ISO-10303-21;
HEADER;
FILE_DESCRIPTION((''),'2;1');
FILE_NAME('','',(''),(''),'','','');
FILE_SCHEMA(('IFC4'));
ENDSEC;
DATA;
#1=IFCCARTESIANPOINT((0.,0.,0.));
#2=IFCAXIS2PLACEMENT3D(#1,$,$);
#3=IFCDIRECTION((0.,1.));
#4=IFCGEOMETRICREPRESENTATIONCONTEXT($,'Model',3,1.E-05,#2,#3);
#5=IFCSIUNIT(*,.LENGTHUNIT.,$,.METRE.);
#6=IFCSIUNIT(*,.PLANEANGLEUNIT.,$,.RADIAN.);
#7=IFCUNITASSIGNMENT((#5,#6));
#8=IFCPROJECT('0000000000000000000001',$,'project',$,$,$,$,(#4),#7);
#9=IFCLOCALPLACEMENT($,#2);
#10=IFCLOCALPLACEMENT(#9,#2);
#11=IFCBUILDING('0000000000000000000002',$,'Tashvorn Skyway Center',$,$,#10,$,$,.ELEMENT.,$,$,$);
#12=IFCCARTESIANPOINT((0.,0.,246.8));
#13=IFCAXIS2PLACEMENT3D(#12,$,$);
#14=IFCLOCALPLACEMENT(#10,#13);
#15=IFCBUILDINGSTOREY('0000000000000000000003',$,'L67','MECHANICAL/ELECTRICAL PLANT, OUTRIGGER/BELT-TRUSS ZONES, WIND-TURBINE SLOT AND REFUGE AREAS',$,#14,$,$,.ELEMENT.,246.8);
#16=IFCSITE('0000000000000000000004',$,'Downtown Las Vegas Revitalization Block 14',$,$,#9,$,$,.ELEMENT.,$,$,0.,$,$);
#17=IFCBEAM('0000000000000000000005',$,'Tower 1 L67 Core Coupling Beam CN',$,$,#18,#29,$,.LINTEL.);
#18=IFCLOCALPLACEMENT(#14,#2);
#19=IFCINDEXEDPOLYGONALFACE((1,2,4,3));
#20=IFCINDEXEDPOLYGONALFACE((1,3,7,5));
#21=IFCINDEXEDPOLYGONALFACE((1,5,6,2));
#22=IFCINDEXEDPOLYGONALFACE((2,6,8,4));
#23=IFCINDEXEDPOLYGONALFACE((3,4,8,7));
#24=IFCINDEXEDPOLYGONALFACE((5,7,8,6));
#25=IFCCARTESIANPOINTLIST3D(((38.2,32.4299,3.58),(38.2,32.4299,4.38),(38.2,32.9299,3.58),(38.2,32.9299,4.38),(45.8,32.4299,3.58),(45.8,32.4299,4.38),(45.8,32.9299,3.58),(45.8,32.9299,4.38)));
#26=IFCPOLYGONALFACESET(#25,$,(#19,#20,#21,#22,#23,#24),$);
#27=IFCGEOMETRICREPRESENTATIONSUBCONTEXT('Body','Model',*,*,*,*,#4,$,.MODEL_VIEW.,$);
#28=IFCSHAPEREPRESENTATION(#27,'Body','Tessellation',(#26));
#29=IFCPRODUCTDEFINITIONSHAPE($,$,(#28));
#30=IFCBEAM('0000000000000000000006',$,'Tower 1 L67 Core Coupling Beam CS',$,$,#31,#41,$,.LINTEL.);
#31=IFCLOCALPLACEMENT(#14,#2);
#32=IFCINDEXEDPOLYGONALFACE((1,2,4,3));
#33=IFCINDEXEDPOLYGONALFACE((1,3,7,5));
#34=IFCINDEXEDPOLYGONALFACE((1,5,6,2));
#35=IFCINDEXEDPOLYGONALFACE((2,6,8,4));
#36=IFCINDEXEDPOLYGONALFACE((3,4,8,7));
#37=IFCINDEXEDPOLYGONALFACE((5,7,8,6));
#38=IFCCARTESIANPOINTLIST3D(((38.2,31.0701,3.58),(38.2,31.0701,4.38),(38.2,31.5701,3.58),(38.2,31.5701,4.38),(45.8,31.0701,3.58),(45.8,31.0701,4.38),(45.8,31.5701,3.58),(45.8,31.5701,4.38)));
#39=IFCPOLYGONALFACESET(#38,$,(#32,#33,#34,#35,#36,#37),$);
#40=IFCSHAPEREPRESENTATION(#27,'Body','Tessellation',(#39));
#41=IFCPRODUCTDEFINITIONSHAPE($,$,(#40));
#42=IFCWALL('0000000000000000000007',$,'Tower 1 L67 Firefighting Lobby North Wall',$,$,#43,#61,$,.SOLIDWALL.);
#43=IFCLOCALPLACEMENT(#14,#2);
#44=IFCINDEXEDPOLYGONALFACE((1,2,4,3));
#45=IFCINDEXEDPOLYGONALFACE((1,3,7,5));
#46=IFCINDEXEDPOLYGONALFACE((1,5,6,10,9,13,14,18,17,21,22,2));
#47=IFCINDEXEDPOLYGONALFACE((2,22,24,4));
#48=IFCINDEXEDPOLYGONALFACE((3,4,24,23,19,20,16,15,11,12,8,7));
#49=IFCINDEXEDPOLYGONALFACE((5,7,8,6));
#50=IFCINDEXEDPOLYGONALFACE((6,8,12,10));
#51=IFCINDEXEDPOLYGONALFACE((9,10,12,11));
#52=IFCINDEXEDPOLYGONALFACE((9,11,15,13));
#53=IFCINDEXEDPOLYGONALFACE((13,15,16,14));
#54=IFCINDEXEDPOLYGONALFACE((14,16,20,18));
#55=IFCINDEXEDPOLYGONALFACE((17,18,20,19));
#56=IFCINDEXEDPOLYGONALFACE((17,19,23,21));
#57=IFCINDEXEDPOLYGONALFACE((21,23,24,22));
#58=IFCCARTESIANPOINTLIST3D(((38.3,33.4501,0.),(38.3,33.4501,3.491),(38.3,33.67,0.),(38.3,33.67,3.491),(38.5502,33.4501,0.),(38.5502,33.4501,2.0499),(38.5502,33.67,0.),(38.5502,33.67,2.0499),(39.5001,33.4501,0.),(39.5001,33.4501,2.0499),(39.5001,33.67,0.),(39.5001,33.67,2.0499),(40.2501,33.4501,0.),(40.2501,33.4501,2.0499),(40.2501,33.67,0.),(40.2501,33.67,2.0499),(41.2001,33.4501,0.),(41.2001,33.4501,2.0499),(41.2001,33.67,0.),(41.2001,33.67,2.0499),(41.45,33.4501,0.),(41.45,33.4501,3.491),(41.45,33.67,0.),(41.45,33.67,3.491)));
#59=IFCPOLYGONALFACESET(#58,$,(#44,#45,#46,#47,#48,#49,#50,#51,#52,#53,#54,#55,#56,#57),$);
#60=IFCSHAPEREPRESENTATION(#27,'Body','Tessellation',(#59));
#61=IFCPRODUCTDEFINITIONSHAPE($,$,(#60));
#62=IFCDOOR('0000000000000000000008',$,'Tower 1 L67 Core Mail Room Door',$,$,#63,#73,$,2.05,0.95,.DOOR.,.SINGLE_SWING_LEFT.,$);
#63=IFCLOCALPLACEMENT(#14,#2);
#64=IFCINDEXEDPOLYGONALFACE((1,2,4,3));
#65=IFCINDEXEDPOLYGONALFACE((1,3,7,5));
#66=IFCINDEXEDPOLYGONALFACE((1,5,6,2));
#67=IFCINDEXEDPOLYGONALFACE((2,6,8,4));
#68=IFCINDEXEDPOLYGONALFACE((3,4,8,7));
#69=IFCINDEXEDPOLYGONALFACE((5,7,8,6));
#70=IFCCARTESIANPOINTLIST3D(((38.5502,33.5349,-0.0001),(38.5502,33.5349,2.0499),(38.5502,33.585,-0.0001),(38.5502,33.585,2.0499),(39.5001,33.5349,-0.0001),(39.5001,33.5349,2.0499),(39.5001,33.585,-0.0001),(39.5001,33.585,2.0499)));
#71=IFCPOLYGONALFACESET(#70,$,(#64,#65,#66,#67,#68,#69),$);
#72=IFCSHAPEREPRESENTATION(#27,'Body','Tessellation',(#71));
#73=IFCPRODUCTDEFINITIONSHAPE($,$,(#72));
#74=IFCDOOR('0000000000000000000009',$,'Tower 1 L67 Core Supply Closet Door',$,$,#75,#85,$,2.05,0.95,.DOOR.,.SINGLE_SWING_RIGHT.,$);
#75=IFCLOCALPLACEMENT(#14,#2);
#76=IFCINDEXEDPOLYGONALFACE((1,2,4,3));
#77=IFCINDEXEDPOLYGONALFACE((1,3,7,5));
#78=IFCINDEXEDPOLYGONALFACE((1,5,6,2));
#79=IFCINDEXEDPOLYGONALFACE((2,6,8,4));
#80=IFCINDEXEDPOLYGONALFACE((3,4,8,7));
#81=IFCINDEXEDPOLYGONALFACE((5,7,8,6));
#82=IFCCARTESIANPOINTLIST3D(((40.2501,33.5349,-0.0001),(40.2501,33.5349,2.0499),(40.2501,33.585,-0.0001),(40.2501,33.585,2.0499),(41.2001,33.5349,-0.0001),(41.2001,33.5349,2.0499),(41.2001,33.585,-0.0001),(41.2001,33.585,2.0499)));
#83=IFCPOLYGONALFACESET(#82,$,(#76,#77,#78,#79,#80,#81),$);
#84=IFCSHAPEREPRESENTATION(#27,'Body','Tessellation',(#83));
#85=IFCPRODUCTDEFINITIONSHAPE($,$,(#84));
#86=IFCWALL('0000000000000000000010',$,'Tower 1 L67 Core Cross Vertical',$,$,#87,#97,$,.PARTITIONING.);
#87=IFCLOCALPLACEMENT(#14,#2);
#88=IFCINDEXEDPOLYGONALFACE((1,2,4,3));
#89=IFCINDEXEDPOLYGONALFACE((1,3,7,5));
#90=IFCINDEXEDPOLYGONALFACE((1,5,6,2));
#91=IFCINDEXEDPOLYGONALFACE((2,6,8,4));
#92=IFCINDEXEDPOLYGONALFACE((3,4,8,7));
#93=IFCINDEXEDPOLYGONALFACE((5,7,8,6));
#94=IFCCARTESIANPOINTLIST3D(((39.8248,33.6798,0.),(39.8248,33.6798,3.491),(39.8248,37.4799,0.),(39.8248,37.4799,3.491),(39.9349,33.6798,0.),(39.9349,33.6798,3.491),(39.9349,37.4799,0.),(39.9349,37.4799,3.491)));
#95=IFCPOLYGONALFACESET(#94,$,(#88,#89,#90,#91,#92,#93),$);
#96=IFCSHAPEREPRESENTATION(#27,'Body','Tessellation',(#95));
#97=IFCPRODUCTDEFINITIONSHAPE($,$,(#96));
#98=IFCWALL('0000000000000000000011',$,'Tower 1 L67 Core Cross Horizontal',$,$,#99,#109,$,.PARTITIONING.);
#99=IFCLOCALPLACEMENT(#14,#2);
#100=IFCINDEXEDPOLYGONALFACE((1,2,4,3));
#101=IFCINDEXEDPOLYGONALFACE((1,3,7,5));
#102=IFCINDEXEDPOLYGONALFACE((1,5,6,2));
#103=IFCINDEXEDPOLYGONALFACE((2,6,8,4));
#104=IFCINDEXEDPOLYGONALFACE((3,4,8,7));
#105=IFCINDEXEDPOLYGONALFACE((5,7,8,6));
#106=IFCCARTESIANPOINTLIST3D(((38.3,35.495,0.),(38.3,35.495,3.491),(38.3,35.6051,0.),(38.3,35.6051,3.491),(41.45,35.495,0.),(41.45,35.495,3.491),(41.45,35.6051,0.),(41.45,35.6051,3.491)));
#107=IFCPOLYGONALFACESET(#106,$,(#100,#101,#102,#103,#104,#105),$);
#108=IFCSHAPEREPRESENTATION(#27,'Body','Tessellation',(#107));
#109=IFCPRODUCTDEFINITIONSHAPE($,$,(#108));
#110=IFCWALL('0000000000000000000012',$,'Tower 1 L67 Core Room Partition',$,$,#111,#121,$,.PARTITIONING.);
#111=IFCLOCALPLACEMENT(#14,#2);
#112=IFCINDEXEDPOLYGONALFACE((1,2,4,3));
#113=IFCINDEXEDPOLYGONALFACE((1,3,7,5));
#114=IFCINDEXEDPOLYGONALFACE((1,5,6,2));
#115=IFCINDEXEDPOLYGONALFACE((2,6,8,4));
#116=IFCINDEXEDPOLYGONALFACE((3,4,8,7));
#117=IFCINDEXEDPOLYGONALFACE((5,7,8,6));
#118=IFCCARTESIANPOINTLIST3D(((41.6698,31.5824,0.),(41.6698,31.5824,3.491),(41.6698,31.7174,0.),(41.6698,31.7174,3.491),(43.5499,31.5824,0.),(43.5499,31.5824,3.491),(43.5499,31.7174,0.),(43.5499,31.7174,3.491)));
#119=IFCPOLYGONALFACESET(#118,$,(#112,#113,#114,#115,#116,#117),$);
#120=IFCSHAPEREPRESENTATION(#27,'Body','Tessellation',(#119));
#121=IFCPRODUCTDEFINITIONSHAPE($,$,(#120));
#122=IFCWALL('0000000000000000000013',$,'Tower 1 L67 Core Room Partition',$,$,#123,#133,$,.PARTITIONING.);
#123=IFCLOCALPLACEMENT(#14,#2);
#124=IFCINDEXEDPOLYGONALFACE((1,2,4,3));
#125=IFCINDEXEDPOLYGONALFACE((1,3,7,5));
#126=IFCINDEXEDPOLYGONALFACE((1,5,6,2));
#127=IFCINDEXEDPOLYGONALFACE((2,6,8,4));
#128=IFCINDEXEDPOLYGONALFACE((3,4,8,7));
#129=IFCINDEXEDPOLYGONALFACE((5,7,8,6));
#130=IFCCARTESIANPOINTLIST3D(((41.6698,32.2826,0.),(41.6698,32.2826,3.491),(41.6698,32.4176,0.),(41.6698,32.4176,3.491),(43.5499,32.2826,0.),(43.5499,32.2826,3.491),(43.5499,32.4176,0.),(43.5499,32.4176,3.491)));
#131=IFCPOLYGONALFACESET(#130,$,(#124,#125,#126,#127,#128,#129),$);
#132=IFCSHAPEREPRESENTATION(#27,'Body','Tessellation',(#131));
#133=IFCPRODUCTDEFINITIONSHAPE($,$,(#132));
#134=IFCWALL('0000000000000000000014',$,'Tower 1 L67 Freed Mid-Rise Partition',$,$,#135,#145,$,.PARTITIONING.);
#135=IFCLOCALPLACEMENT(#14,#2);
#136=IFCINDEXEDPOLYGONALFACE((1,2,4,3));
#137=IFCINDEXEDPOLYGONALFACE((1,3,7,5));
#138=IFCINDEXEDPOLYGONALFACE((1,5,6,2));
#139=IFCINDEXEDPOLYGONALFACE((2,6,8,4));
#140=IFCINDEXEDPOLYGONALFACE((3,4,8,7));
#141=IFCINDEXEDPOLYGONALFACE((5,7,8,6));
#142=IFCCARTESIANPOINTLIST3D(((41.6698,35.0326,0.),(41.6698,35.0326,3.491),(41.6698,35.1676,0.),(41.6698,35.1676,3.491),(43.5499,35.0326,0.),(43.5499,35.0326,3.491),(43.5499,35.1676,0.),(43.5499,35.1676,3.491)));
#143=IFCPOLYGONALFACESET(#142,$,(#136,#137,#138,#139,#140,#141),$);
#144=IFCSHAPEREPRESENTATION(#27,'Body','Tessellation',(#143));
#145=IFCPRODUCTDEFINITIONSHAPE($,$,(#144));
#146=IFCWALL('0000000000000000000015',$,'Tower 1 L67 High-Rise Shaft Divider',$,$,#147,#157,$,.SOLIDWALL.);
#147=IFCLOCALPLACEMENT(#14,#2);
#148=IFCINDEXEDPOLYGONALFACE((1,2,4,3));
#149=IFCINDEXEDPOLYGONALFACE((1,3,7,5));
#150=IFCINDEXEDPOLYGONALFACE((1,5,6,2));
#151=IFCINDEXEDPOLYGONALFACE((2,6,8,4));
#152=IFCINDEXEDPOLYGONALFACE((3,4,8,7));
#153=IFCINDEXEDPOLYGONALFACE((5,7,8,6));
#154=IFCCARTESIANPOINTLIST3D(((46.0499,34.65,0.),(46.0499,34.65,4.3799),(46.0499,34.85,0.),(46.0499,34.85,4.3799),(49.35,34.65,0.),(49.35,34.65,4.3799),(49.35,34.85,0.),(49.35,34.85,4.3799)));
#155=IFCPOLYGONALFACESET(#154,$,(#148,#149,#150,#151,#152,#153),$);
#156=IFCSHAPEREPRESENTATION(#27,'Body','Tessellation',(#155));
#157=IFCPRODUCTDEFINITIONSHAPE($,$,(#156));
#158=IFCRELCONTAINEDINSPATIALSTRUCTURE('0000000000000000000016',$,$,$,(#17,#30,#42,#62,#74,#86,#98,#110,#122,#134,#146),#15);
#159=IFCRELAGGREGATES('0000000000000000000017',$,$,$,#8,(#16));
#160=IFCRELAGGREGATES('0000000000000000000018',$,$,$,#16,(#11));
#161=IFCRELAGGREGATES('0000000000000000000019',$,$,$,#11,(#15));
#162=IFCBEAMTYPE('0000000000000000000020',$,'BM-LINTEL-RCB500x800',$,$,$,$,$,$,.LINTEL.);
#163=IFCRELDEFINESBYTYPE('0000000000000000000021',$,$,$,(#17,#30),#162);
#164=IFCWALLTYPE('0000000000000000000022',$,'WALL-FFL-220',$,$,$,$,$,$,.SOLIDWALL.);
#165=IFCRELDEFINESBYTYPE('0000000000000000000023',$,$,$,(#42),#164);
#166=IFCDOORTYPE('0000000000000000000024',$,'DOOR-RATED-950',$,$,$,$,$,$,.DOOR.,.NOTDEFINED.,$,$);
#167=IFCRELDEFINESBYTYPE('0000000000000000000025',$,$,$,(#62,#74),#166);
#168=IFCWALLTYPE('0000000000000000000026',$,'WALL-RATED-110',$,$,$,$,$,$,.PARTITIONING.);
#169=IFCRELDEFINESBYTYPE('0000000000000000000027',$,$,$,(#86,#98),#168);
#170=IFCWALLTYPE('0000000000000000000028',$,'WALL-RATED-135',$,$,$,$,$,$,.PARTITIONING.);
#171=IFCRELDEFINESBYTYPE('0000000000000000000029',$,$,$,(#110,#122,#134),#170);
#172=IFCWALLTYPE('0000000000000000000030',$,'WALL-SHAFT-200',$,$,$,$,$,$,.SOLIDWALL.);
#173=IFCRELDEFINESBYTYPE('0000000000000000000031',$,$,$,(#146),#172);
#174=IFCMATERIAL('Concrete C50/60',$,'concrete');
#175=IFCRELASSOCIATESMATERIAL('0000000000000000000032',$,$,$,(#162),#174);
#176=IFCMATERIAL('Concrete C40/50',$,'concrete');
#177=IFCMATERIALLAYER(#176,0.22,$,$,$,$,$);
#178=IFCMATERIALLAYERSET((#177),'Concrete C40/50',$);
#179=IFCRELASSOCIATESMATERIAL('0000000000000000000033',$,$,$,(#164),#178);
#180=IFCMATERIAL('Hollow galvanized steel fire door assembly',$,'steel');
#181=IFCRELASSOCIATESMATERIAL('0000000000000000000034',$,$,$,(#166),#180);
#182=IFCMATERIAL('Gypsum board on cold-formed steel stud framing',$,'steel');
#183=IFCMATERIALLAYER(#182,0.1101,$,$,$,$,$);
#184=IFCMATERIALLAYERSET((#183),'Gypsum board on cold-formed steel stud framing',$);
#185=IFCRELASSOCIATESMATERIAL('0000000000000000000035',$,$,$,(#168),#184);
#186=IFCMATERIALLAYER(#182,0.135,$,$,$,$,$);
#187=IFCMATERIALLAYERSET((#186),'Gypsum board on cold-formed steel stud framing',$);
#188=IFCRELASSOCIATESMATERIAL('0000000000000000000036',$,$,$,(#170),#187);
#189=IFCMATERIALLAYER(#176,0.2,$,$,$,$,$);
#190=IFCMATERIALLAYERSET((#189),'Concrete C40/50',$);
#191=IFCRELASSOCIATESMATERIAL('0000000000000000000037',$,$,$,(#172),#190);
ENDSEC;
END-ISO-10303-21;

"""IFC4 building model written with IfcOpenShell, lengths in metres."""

from ifc_helpers import new_model, si_unit, direction, frame, frame_2d, origin, origin_2d, place, context, subcontext, project, spatial, rectangle, extrude, material, layer, layer_set, material_profile, profile_set, type_object, element, fill, save


model = new_model("IFC4")

# Units and contexts
model_context = context("Model", 3, precision=1e-05, world=origin(), true_north=direction((0.0, 1.0)))
body_context = subcontext(model_context, "Body", "Model", "MODEL_VIEW")
ifc_project = project(units=[si_unit("LENGTHUNIT", "METRE"), si_unit("PLANEANGLEUNIT", "RADIAN")], contexts=[model_context])

# Site, building, storey
site_placement = place(None, origin())
site = spatial("IfcSite", under=ifc_project, at=site_placement, Name="Downtown Las Vegas Revitalization Block 14", CompositionType="ELEMENT", RefElevation=0.0)
building_placement = place(site_placement, origin())
building = spatial("IfcBuilding", under=site, at=building_placement, Name="Tashvorn Skyway Center", CompositionType="ELEMENT")
storey_placement = place(building_placement, frame((0.0, 0.0, 246.8)))
storey = spatial("IfcBuildingStorey", under=building, at=storey_placement, Name="L67", Description="MECHANICAL/ELECTRICAL PLANT, OUTRIGGER/BELT-TRUSS ZONES, WIND-TURBINE SLOT AND REFUGE AREAS", CompositionType="ELEMENT", Elevation=246.8)

# Beams
ifc_material_1 = material(Name="Concrete C50/60", Category="concrete")
ifc_material_profile = material_profile(ifc_material_1, rectangle(XDim=0.5, YDim=0.8, at=origin_2d()), Name="RCB500x800")
ifc_profile_set = profile_set([ifc_material_profile], Name="Concrete C50/60")
beam_type = type_object("IfcBeamType", Name="BM-LINTEL-RCB500x800", PredefinedType="LINTEL", material=ifc_profile_set)
for number, where, z_axis, x_axis, name in (
    (1, (38.2, 32.6799, 3.98), (1.0, 0.0, 0.0), (0.0, 1.0, 0.0), "Tower 1 L67 Core Coupling Beam CN"),
    (2, (38.2, 31.3201, 3.98), (1.0, 0.0, 0.0), (0.0, 1.0, 0.0), "Tower 1 L67 Core Coupling Beam CS"),
):
    element("IfcBeam", number, at=place(storey_placement, frame(where, z_axis=z_axis, x_axis=x_axis)), inside=storey, type_object=beam_type, Name=name, PredefinedType="LINTEL", context=body_context, shape_type="SweptSolid", body=[
        extrude(rectangle(XDim=0.5, YDim=0.8, at=origin_2d()), origin(), (0.0, 0.0, 1.0), 7.6001),
    ])

# Wall, openings, doors
ifc_material_2 = material(Name="Concrete C40/50", Category="concrete")
ifc_layer_1 = layer(ifc_material_2, 0.22)
ifc_layer_set_1 = layer_set([ifc_layer_1], Name="Concrete C40/50")
wall_type_1 = type_object("IfcWallType", Name="WALL-FFL-220", PredefinedType="SOLIDWALL", material=ifc_layer_set_1)
wall_1_placement = place(storey_placement, frame((38.3, 33.5601, 0.0), z_axis=(0.0, 0.0, 1.0), x_axis=(1.0, 0.0, 0.0)))
wall_1 = element("IfcWall", 3, at=wall_1_placement, inside=storey, type_object=wall_type_1, Name="Tower 1 L67 Firefighting Lobby North Wall", PredefinedType="SOLIDWALL", context=body_context, shape_type="SweptSolid", body=[
    extrude(rectangle(XDim=3.1499, YDim=0.22, at=frame_2d((1.575, 0.0))), origin(), (0.0, 0.0, 1.0), 3.491),
])
opening_1_placement = place(wall_1_placement, frame((0.25, 0.0, 0.0)))
opening_1 = element("IfcOpeningElement", 4, at=opening_1_placement, cuts=wall_1, PredefinedType="OPENING", context=body_context, shape_type="SweptSolid", body=[
    extrude(rectangle(XDim=0.95, YDim=2.05, at=frame_2d((0.4751, 1.0249))), frame((0.0, 0.1199, 0.0), z_axis=(0.0, -1.0, 0.0), x_axis=(1.0, 0.0, 0.0)), (0.0, 0.0, 1.0), 0.24),
])
opening_2_placement = place(wall_1_placement, frame((1.95, 0.0, 0.0)))
opening_2 = element("IfcOpeningElement", 5, at=opening_2_placement, cuts=wall_1, PredefinedType="OPENING", context=body_context, shape_type="SweptSolid", body=[
    extrude(rectangle(XDim=0.95, YDim=2.05, at=frame_2d((0.4751, 1.0249))), frame((0.0, 0.1199, 0.0), z_axis=(0.0, -1.0, 0.0), x_axis=(1.0, 0.0, 0.0)), (0.0, 0.0, 1.0), 0.24),
])
ifc_material_3 = material(Name="Hollow galvanized steel fire door assembly", Category="steel")
door_type_1 = type_object("IfcDoorType", Name="DOOR-RATED-950", OperationType="NOTDEFINED", PredefinedType="DOOR", material=ifc_material_3)
door_1_placement = place(opening_1_placement, origin())
door_1 = element("IfcDoor", 6, at=door_1_placement, inside=storey, type_object=door_type_1, Name="Tower 1 L67 Core Mail Room Door", OperationType="SINGLE_SWING_LEFT", OverallHeight=2.05, OverallWidth=0.95, PredefinedType="DOOR", context=body_context, shape_type="SweptSolid", body=[
    extrude(rectangle(XDim=0.95, YDim=2.05, at=frame_2d((0.4751, 1.0249))), frame((0.0, 0.0249, 0.0), z_axis=(0.0, -1.0, 0.0), x_axis=(1.0, 0.0, 0.0)), (0.0, 0.0, 1.0), 0.05),
])
fill(opening_1, door_1)
door_2_placement = place(opening_2_placement, origin())
door_2 = element("IfcDoor", 7, at=door_2_placement, inside=storey, type_object=door_type_1, Name="Tower 1 L67 Core Supply Closet Door", OperationType="SINGLE_SWING_RIGHT", OverallHeight=2.05, OverallWidth=0.95, PredefinedType="DOOR", context=body_context, shape_type="SweptSolid", body=[
    extrude(rectangle(XDim=0.95, YDim=2.05, at=frame_2d((0.4751, 1.0249))), frame((0.0, 0.0249, 0.0), z_axis=(0.0, -1.0, 0.0), x_axis=(1.0, 0.0, 0.0)), (0.0, 0.0, 1.0), 0.05),
])
fill(opening_2, door_2)

# Walls
ifc_material_4 = material(Name="Gypsum board on cold-formed steel stud framing", Category="steel")
ifc_layer_2 = layer(ifc_material_4, 0.1101)
ifc_layer_set_2 = layer_set([ifc_layer_2], Name="Gypsum board on cold-formed steel stud framing")
wall_type_2 = type_object("IfcWallType", Name="WALL-RATED-110", PredefinedType="PARTITIONING", material=ifc_layer_set_2)
wall_2_placement = place(storey_placement, frame((39.8799, 33.6799, 0.0), z_axis=(0.0, 0.0, 1.0), x_axis=(0.0, 1.0, 0.0)))
element("IfcWall", 8, at=wall_2_placement, inside=storey, type_object=wall_type_2, Name="Tower 1 L67 Core Cross Vertical", PredefinedType="PARTITIONING", context=body_context, shape_type="SweptSolid", body=[
    extrude(rectangle(XDim=3.8, YDim=0.1101, at=frame_2d((1.8999, 0.0))), origin(), (0.0, 0.0, 1.0), 3.491),
])
wall_3_placement = place(storey_placement, frame((38.3, 35.55, 0.0), z_axis=(0.0, 0.0, 1.0), x_axis=(1.0, 0.0, 0.0)))
element("IfcWall", 9, at=wall_3_placement, inside=storey, type_object=wall_type_2, Name="Tower 1 L67 Core Cross Horizontal", PredefinedType="PARTITIONING", context=body_context, shape_type="SweptSolid", body=[
    extrude(rectangle(XDim=3.1499, YDim=0.1101, at=frame_2d((1.575, 0.0))), origin(), (0.0, 0.0, 1.0), 3.491),
])
ifc_layer_3 = layer(ifc_material_4, 0.135)
ifc_layer_set_3 = layer_set([ifc_layer_3], Name="Gypsum board on cold-formed steel stud framing")
wall_type_3 = type_object("IfcWallType", Name="WALL-RATED-135", PredefinedType="PARTITIONING", material=ifc_layer_set_3)
for number, where, z_axis, x_axis, name in (
    (10, (41.6699, 31.6499, 0.0), (0.0, 0.0, 1.0), (1.0, 0.0, 0.0), "Tower 1 L67 Core Room Partition"),
    (11, (41.6699, 32.3501, 0.0), (0.0, 0.0, 1.0), (1.0, 0.0, 0.0), "Tower 1 L67 Core Room Partition"),
    (12, (41.6699, 35.1001, 0.0), (0.0, 0.0, 1.0), (1.0, 0.0, 0.0), "Tower 1 L67 Freed Mid-Rise Partition"),
):
    element("IfcWall", number, at=place(storey_placement, frame(where, z_axis=z_axis, x_axis=x_axis)), inside=storey, type_object=wall_type_3, Name=name, PredefinedType="PARTITIONING", context=body_context, shape_type="SweptSolid", body=[
        extrude(rectangle(XDim=1.8801, YDim=0.135, at=frame_2d((0.9399, 0.0))), origin(), (0.0, 0.0, 1.0), 3.491),
    ])
ifc_layer_4 = layer(ifc_material_2, 0.2)
ifc_layer_set_4 = layer_set([ifc_layer_4], Name="Concrete C40/50")
wall_type_4 = type_object("IfcWallType", Name="WALL-SHAFT-200", PredefinedType="SOLIDWALL", material=ifc_layer_set_4)
wall_4_placement = place(storey_placement, frame((46.05, 34.75, 0.0), z_axis=(0.0, 0.0, 1.0), x_axis=(1.0, 0.0, 0.0)))
element("IfcWall", 13, at=wall_4_placement, inside=storey, type_object=wall_type_4, Name="Tower 1 L67 High-Rise Shaft Divider", PredefinedType="SOLIDWALL", context=body_context, shape_type="SweptSolid", body=[
    extrude(rectangle(XDim=3.3, YDim=0.2, at=frame_2d((1.6499, 0.0))), origin(), (0.0, 0.0, 1.0), 4.3799),
])

save(model, "model.ifc")
